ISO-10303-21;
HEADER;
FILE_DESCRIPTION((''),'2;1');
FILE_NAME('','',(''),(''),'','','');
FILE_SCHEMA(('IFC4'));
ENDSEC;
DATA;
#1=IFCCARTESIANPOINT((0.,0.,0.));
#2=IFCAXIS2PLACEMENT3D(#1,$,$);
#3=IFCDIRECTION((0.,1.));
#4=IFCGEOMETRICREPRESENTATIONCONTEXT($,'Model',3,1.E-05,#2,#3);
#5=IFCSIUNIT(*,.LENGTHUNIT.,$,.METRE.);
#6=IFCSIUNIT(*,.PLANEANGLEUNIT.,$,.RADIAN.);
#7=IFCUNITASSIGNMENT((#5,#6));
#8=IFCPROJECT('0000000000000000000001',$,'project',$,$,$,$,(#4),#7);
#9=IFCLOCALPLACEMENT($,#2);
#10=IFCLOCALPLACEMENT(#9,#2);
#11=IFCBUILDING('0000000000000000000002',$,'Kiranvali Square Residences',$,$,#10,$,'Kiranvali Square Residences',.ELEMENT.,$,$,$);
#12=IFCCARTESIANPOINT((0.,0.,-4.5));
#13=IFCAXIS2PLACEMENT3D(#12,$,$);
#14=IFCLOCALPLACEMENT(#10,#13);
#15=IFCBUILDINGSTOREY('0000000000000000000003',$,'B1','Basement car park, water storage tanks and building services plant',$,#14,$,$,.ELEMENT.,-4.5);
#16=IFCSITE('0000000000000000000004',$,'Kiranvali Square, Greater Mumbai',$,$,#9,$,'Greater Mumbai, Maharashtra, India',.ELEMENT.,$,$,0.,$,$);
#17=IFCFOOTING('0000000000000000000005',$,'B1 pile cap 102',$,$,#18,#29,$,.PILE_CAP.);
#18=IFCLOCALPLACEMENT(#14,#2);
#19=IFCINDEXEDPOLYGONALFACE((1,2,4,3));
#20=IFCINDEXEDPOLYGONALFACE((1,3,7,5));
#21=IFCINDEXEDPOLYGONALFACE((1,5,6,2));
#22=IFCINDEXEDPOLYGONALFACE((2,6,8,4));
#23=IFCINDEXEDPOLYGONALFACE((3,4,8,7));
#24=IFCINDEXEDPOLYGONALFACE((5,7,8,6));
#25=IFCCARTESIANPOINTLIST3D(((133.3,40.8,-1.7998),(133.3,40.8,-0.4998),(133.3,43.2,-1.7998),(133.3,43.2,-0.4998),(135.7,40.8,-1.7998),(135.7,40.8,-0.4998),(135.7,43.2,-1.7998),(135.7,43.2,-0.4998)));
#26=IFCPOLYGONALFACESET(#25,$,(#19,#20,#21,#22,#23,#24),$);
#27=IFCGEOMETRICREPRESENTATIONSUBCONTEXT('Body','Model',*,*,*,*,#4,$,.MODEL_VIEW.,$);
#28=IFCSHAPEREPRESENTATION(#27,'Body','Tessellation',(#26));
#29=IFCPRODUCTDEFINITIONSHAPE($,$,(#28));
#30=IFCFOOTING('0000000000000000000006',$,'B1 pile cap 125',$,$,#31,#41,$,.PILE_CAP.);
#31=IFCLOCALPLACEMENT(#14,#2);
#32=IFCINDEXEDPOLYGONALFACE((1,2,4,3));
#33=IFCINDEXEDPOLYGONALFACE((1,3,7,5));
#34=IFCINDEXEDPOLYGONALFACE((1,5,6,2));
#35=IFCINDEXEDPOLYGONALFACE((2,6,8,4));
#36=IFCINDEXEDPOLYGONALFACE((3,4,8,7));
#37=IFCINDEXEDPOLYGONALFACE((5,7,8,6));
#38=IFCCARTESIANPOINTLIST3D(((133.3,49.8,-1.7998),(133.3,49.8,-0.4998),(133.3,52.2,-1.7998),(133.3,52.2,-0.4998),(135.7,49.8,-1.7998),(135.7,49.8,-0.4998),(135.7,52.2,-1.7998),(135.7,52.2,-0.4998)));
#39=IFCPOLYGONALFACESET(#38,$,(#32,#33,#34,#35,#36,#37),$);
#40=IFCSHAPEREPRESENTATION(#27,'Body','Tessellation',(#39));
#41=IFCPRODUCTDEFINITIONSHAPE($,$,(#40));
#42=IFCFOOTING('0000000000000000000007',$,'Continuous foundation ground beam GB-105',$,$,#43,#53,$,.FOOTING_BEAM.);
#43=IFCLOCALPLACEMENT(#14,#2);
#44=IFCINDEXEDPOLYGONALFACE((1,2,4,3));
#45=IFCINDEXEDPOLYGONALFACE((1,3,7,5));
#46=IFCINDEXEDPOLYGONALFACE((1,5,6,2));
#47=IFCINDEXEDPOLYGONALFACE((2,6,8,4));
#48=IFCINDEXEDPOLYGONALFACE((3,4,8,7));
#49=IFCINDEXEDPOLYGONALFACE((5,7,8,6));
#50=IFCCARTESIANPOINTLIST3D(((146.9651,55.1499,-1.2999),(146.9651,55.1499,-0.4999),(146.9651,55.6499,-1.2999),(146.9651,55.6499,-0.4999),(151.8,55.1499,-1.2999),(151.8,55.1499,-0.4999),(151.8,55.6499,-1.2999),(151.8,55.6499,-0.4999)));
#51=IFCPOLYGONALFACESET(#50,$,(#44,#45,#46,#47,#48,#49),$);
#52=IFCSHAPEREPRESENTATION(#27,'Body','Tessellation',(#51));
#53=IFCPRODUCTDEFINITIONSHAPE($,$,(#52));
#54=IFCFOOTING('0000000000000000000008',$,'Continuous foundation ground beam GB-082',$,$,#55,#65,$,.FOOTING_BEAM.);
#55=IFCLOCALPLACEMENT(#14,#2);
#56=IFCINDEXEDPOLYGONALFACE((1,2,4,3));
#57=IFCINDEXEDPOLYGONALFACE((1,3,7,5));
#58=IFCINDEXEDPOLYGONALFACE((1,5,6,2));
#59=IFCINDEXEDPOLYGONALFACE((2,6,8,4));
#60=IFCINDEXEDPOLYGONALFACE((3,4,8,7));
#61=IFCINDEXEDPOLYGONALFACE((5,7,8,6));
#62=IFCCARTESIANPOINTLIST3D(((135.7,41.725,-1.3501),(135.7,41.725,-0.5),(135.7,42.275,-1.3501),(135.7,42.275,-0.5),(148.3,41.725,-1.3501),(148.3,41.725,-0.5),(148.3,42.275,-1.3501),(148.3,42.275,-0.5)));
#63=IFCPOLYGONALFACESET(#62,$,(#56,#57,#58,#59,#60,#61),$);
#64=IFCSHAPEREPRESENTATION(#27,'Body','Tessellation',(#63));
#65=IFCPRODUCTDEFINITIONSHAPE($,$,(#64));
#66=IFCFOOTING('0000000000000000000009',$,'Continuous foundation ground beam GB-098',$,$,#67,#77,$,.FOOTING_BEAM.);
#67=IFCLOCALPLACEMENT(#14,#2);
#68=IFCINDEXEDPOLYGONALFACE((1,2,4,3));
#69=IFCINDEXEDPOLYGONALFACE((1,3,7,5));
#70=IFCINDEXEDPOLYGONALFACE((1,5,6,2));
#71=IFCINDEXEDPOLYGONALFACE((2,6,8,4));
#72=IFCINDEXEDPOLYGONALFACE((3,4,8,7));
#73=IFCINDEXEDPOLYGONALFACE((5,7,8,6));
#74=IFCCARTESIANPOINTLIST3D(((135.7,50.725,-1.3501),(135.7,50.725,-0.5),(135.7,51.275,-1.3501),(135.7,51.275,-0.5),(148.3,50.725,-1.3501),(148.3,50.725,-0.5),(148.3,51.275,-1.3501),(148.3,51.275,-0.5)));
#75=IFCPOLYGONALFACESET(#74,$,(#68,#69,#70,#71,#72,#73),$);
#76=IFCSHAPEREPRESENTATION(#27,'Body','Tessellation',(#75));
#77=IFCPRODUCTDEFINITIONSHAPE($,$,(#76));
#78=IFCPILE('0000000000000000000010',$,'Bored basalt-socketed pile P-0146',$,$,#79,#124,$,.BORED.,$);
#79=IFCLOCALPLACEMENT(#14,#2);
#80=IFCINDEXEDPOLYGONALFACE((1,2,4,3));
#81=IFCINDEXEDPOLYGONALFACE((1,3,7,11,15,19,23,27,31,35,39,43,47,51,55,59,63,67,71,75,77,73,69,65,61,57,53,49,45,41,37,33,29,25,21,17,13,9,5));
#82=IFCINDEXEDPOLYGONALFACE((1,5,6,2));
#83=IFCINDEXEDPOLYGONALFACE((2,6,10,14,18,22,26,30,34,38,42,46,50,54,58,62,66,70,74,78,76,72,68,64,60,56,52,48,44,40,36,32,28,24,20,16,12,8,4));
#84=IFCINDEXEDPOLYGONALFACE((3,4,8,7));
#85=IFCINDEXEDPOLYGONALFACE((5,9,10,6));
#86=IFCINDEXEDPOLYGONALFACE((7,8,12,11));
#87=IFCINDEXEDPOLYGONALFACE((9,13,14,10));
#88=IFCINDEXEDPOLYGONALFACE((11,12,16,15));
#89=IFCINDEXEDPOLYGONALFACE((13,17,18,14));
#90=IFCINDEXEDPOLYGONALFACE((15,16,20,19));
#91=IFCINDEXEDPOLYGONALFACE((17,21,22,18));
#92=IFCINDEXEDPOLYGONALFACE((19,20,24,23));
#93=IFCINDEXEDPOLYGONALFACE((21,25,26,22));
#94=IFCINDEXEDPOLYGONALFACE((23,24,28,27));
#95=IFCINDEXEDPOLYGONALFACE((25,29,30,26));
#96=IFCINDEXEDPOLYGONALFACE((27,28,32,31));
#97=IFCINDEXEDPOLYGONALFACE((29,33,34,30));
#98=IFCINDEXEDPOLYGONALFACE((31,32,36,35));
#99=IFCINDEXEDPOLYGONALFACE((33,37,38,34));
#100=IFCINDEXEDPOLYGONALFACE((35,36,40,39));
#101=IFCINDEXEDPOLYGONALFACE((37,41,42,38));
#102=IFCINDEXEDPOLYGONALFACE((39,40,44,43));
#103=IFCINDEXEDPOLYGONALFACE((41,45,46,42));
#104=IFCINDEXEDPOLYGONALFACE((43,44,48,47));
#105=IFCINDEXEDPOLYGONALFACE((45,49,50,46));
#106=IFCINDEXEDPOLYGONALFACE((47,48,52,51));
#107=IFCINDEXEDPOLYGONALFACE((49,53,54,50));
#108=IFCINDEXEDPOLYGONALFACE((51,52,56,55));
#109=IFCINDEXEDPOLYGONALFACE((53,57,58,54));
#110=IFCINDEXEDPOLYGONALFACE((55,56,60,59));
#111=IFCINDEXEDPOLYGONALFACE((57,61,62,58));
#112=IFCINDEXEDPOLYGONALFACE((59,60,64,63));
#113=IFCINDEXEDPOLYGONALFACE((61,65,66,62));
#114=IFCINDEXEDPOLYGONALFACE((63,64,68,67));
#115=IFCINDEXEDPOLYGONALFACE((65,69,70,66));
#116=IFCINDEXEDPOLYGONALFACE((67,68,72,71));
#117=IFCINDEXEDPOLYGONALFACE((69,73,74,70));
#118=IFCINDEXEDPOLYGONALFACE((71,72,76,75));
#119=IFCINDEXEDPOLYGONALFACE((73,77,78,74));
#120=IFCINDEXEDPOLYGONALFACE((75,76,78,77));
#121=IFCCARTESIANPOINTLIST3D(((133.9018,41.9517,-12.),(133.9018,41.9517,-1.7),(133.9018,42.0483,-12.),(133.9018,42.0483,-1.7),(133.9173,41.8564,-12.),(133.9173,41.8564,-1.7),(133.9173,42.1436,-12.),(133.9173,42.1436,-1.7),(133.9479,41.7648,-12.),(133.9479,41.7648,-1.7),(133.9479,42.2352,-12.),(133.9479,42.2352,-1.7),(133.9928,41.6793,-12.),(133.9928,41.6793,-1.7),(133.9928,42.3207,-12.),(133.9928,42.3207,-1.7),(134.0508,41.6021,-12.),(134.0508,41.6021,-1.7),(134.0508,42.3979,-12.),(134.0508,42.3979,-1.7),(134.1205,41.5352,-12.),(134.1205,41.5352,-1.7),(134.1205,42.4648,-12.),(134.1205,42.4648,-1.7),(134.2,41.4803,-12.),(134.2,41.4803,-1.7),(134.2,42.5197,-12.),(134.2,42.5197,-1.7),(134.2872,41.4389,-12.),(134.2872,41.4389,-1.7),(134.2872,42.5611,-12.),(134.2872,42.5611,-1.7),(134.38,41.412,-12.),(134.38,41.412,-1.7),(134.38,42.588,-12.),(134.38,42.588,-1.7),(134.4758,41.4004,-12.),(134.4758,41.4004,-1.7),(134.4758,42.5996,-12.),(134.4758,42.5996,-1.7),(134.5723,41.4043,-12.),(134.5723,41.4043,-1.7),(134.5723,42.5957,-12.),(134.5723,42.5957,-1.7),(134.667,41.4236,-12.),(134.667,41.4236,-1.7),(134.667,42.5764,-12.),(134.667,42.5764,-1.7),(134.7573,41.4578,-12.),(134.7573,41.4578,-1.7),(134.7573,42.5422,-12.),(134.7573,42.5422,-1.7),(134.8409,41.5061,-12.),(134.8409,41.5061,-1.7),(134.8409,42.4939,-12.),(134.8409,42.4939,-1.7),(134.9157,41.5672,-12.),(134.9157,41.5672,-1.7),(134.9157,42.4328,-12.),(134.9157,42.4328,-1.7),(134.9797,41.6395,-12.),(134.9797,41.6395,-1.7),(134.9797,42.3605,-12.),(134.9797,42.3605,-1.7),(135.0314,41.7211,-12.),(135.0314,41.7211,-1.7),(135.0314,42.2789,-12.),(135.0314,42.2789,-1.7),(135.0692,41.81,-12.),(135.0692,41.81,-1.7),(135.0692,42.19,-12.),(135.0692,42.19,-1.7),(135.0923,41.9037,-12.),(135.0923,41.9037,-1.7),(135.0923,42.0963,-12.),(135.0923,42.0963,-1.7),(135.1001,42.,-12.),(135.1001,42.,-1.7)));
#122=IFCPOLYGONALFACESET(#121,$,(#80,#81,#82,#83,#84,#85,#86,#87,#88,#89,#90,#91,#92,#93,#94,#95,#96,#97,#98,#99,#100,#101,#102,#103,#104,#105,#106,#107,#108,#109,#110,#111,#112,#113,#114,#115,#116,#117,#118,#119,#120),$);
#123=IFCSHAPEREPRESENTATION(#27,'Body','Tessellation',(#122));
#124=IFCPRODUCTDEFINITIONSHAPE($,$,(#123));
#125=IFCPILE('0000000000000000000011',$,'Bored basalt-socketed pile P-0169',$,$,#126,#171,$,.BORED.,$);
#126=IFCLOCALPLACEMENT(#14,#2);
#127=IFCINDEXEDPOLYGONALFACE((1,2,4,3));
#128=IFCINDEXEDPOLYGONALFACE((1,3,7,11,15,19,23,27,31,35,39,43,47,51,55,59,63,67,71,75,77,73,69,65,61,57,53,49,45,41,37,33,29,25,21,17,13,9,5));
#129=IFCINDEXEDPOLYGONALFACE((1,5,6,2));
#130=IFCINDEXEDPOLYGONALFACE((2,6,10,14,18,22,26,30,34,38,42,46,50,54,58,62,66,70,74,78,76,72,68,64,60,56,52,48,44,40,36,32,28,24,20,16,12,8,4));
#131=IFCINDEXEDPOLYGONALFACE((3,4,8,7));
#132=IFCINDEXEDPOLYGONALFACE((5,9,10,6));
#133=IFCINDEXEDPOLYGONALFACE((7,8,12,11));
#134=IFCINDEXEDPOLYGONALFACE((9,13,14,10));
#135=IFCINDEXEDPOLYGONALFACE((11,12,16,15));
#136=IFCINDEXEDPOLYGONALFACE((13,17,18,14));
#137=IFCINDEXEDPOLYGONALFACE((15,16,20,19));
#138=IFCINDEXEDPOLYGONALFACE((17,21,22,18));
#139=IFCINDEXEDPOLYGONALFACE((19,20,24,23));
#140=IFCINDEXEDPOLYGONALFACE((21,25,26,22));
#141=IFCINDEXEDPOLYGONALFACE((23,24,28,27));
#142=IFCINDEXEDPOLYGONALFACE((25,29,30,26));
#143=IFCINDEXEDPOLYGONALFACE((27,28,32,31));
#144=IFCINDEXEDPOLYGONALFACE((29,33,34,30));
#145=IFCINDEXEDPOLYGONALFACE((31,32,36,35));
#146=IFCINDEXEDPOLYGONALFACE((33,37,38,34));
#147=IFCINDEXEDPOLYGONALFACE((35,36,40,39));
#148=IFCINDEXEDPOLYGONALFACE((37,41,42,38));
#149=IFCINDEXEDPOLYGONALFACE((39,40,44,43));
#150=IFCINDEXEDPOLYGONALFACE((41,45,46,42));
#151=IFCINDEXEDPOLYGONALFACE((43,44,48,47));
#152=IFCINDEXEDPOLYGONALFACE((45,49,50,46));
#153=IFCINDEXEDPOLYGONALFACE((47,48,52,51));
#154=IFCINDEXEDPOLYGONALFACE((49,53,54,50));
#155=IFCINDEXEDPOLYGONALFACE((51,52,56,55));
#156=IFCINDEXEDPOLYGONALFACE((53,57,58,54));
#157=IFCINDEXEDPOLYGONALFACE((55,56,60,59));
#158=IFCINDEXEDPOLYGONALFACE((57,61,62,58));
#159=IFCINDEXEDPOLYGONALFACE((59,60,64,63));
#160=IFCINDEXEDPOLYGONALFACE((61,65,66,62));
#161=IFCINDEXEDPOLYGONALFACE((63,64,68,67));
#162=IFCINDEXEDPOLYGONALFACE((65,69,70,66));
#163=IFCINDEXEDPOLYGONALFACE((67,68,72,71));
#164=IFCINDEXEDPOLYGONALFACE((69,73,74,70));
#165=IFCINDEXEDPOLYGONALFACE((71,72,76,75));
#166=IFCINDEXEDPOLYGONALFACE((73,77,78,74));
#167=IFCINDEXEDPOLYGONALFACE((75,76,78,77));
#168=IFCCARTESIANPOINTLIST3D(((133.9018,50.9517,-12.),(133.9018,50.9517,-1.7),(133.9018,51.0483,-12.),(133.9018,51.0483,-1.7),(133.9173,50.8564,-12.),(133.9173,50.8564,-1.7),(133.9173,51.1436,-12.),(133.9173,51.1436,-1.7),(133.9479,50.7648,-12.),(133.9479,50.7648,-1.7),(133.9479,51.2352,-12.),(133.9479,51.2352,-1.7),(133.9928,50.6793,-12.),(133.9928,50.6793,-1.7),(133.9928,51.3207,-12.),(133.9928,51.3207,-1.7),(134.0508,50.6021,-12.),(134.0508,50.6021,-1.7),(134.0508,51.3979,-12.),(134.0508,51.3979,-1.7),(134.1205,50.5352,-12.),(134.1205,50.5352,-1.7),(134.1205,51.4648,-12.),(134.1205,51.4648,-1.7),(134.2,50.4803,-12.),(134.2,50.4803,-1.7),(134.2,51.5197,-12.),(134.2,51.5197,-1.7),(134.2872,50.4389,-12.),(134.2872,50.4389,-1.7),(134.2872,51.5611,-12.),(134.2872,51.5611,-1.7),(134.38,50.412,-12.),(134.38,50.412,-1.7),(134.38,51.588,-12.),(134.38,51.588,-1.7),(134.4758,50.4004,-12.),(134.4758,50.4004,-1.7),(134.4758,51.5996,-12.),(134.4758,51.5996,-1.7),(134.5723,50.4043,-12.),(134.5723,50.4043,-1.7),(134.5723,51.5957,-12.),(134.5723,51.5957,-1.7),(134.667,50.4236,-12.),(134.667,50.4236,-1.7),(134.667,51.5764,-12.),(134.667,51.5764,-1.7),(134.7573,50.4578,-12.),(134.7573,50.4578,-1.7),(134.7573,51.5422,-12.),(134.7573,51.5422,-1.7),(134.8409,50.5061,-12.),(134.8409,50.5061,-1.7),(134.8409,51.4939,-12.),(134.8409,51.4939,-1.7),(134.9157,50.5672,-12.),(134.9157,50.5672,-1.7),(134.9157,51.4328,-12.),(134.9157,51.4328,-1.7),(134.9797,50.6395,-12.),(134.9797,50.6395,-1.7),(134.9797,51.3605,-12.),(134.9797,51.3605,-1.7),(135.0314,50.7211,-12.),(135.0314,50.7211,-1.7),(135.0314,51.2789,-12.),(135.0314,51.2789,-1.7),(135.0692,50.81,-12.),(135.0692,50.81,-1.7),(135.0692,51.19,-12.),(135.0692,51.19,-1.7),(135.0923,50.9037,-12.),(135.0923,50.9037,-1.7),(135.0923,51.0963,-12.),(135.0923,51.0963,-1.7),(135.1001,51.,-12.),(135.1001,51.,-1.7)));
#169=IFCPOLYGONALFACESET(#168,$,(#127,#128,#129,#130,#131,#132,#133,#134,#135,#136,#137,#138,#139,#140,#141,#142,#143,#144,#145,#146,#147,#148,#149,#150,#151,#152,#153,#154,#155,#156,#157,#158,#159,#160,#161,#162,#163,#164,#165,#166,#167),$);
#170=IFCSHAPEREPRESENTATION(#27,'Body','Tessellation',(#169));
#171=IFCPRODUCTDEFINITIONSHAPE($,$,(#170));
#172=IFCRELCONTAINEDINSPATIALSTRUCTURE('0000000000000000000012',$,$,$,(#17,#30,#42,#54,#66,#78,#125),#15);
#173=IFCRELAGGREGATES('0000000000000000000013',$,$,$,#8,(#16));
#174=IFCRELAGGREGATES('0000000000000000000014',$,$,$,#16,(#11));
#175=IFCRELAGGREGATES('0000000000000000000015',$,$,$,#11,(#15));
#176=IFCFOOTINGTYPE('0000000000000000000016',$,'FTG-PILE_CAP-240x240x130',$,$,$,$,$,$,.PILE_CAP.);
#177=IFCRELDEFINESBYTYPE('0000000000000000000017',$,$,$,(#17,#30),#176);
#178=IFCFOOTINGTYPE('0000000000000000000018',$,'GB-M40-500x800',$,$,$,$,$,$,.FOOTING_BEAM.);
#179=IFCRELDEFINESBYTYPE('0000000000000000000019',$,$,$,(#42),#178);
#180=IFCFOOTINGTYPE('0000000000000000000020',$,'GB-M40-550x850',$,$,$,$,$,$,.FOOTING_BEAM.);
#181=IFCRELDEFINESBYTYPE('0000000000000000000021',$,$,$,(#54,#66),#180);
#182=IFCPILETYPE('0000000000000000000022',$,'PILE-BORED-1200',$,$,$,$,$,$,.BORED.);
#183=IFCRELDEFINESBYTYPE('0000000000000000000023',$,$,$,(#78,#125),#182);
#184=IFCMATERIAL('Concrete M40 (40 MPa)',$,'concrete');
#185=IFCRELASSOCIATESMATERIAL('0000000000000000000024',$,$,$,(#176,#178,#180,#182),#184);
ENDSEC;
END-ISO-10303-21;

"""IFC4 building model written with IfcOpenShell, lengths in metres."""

from ifc_helpers import new_model, si_unit, direction, frame, origin, origin_2d, place, context, subcontext, project, spatial, rectangle, circle, extrude, material, material_profile, profile_set, type_object, element, save


model = new_model("IFC4")

# Units and contexts
model_context = context("Model", 3, precision=1e-05, world=origin(), true_north=direction((0.0, 1.0)))
body_context = subcontext(model_context, "Body", "Model", "MODEL_VIEW")
ifc_project = project(units=[si_unit("LENGTHUNIT", "METRE"), si_unit("PLANEANGLEUNIT", "RADIAN")], contexts=[model_context])

# Site, building, storey
site_placement = place(None, origin())
site = spatial("IfcSite", under=ifc_project, at=site_placement, Name="Kiranvali Square, Greater Mumbai", LongName="Greater Mumbai, Maharashtra, India", CompositionType="ELEMENT", RefElevation=0.0)
building_placement = place(site_placement, origin())
building = spatial("IfcBuilding", under=site, at=building_placement, Name="Kiranvali Square Residences", LongName="Kiranvali Square Residences", CompositionType="ELEMENT")
storey_placement = place(building_placement, frame((0.0, 0.0, -4.5)))
storey = spatial("IfcBuildingStorey", under=building, at=storey_placement, Name="B1", Description="Basement car park, water storage tanks and building services plant", CompositionType="ELEMENT", Elevation=-4.5)

# Footings
ifc_material_1 = material(Name="Concrete M40 (40 MPa)", Category="concrete")
footing_type_1 = type_object("IfcFootingType", Name="FTG-PILE_CAP-240x240x130", PredefinedType="PILE_CAP", material=ifc_material_1)
for number, where, z_axis, x_axis, name in (
    (1, (134.5, 42.0, -1.7998), (0.0, 0.0, 1.0), (1.0, 0.0, 0.0), "B1 pile cap 102"),
    (2, (134.5, 51.0, -1.7998), (0.0, 0.0, 1.0), (1.0, 0.0, 0.0), "B1 pile cap 125"),
):
    element("IfcFooting", number, at=place(storey_placement, frame(where, z_axis=z_axis, x_axis=x_axis)), inside=storey, type_object=footing_type_1, Name=name, PredefinedType="PILE_CAP", context=body_context, shape_type="SweptSolid", body=[
        extrude(rectangle(XDim=2.3999, YDim=2.3999, at=origin_2d()), origin(), (0.0, 0.0, 1.0), 1.3),
    ])
ifc_material_profile_1 = material_profile(ifc_material_1, rectangle(XDim=0.5, YDim=0.8, at=origin_2d()), Name="GB 500x800")
ifc_profile_set_1 = profile_set([ifc_material_profile_1], Name="Concrete M40 (40 MPa)")
footing_type_2 = type_object("IfcFootingType", Name="GB-M40-500x800", PredefinedType="FOOTING_BEAM", material=ifc_profile_set_1)
footing_placement = place(storey_placement, frame((146.9651, 55.3999, -0.8999), z_axis=(1.0, 0.0, 0.0), x_axis=(0.0, 1.0, 0.0)))
element("IfcFooting", 3, at=footing_placement, inside=storey, type_object=footing_type_2, Name="Continuous foundation ground beam GB-105", PredefinedType="FOOTING_BEAM", context=body_context, shape_type="SweptSolid", body=[
    extrude(rectangle(XDim=0.5, YDim=0.8, at=origin_2d()), origin(), (0.0, 0.0, 1.0), 4.835),
])
ifc_material_profile_2 = material_profile(ifc_material_1, rectangle(XDim=0.55, YDim=0.8501, at=origin_2d()), Name="GB 550x850")
ifc_profile_set_2 = profile_set([ifc_material_profile_2], Name="Concrete M40 (40 MPa)")
footing_type_3 = type_object("IfcFootingType", Name="GB-M40-550x850", PredefinedType="FOOTING_BEAM", material=ifc_profile_set_2)
for number, where, z_axis, x_axis, name in (
    (4, (135.7, 42.0, -0.925), (1.0, 0.0, 0.0), (0.0, 1.0, 0.0), "Continuous foundation ground beam GB-082"),
    (5, (135.7, 51.0, -0.925), (1.0, 0.0, 0.0), (0.0, 1.0, 0.0), "Continuous foundation ground beam GB-098"),
):
    element("IfcFooting", number, at=place(storey_placement, frame(where, z_axis=z_axis, x_axis=x_axis)), inside=storey, type_object=footing_type_3, Name=name, PredefinedType="FOOTING_BEAM", context=body_context, shape_type="SweptSolid", body=[
        extrude(rectangle(XDim=0.55, YDim=0.8501, at=origin_2d()), origin(), (0.0, 0.0, 1.0), 12.6001),
    ])

# Piles
ifc_material_profile_3 = material_profile(ifc_material_1, circle(Radius=0.6001, at=origin_2d()), Name="BORED PILE 1200")
ifc_profile_set_3 = profile_set([ifc_material_profile_3], Name="Concrete M40 (40 MPa)")
pile_type_1 = type_object("IfcPileType", Name="PILE-BORED-1200", PredefinedType="BORED", material=ifc_profile_set_3)
for number, where, z_axis, x_axis, name in (
    (6, (134.5, 42.0, -1.7), (0.0, 0.0, -1.0), (1.0, 0.0, 0.0), "Bored basalt-socketed pile P-0146"),
    (7, (134.5, 51.0, -1.7), (0.0, 0.0, -1.0), (1.0, 0.0, 0.0), "Bored basalt-socketed pile P-0169"),
):
    element("IfcPile", number, at=place(storey_placement, frame(where, z_axis=z_axis, x_axis=x_axis)), inside=storey, type_object=pile_type_1, Name=name, PredefinedType="BORED", context=body_context, shape_type="SweptSolid", body=[
        extrude(circle(Radius=0.6001, at=origin_2d()), origin(), (0.0, 0.0, 1.0), 10.3),
    ])

save(model, "model.ifc")
